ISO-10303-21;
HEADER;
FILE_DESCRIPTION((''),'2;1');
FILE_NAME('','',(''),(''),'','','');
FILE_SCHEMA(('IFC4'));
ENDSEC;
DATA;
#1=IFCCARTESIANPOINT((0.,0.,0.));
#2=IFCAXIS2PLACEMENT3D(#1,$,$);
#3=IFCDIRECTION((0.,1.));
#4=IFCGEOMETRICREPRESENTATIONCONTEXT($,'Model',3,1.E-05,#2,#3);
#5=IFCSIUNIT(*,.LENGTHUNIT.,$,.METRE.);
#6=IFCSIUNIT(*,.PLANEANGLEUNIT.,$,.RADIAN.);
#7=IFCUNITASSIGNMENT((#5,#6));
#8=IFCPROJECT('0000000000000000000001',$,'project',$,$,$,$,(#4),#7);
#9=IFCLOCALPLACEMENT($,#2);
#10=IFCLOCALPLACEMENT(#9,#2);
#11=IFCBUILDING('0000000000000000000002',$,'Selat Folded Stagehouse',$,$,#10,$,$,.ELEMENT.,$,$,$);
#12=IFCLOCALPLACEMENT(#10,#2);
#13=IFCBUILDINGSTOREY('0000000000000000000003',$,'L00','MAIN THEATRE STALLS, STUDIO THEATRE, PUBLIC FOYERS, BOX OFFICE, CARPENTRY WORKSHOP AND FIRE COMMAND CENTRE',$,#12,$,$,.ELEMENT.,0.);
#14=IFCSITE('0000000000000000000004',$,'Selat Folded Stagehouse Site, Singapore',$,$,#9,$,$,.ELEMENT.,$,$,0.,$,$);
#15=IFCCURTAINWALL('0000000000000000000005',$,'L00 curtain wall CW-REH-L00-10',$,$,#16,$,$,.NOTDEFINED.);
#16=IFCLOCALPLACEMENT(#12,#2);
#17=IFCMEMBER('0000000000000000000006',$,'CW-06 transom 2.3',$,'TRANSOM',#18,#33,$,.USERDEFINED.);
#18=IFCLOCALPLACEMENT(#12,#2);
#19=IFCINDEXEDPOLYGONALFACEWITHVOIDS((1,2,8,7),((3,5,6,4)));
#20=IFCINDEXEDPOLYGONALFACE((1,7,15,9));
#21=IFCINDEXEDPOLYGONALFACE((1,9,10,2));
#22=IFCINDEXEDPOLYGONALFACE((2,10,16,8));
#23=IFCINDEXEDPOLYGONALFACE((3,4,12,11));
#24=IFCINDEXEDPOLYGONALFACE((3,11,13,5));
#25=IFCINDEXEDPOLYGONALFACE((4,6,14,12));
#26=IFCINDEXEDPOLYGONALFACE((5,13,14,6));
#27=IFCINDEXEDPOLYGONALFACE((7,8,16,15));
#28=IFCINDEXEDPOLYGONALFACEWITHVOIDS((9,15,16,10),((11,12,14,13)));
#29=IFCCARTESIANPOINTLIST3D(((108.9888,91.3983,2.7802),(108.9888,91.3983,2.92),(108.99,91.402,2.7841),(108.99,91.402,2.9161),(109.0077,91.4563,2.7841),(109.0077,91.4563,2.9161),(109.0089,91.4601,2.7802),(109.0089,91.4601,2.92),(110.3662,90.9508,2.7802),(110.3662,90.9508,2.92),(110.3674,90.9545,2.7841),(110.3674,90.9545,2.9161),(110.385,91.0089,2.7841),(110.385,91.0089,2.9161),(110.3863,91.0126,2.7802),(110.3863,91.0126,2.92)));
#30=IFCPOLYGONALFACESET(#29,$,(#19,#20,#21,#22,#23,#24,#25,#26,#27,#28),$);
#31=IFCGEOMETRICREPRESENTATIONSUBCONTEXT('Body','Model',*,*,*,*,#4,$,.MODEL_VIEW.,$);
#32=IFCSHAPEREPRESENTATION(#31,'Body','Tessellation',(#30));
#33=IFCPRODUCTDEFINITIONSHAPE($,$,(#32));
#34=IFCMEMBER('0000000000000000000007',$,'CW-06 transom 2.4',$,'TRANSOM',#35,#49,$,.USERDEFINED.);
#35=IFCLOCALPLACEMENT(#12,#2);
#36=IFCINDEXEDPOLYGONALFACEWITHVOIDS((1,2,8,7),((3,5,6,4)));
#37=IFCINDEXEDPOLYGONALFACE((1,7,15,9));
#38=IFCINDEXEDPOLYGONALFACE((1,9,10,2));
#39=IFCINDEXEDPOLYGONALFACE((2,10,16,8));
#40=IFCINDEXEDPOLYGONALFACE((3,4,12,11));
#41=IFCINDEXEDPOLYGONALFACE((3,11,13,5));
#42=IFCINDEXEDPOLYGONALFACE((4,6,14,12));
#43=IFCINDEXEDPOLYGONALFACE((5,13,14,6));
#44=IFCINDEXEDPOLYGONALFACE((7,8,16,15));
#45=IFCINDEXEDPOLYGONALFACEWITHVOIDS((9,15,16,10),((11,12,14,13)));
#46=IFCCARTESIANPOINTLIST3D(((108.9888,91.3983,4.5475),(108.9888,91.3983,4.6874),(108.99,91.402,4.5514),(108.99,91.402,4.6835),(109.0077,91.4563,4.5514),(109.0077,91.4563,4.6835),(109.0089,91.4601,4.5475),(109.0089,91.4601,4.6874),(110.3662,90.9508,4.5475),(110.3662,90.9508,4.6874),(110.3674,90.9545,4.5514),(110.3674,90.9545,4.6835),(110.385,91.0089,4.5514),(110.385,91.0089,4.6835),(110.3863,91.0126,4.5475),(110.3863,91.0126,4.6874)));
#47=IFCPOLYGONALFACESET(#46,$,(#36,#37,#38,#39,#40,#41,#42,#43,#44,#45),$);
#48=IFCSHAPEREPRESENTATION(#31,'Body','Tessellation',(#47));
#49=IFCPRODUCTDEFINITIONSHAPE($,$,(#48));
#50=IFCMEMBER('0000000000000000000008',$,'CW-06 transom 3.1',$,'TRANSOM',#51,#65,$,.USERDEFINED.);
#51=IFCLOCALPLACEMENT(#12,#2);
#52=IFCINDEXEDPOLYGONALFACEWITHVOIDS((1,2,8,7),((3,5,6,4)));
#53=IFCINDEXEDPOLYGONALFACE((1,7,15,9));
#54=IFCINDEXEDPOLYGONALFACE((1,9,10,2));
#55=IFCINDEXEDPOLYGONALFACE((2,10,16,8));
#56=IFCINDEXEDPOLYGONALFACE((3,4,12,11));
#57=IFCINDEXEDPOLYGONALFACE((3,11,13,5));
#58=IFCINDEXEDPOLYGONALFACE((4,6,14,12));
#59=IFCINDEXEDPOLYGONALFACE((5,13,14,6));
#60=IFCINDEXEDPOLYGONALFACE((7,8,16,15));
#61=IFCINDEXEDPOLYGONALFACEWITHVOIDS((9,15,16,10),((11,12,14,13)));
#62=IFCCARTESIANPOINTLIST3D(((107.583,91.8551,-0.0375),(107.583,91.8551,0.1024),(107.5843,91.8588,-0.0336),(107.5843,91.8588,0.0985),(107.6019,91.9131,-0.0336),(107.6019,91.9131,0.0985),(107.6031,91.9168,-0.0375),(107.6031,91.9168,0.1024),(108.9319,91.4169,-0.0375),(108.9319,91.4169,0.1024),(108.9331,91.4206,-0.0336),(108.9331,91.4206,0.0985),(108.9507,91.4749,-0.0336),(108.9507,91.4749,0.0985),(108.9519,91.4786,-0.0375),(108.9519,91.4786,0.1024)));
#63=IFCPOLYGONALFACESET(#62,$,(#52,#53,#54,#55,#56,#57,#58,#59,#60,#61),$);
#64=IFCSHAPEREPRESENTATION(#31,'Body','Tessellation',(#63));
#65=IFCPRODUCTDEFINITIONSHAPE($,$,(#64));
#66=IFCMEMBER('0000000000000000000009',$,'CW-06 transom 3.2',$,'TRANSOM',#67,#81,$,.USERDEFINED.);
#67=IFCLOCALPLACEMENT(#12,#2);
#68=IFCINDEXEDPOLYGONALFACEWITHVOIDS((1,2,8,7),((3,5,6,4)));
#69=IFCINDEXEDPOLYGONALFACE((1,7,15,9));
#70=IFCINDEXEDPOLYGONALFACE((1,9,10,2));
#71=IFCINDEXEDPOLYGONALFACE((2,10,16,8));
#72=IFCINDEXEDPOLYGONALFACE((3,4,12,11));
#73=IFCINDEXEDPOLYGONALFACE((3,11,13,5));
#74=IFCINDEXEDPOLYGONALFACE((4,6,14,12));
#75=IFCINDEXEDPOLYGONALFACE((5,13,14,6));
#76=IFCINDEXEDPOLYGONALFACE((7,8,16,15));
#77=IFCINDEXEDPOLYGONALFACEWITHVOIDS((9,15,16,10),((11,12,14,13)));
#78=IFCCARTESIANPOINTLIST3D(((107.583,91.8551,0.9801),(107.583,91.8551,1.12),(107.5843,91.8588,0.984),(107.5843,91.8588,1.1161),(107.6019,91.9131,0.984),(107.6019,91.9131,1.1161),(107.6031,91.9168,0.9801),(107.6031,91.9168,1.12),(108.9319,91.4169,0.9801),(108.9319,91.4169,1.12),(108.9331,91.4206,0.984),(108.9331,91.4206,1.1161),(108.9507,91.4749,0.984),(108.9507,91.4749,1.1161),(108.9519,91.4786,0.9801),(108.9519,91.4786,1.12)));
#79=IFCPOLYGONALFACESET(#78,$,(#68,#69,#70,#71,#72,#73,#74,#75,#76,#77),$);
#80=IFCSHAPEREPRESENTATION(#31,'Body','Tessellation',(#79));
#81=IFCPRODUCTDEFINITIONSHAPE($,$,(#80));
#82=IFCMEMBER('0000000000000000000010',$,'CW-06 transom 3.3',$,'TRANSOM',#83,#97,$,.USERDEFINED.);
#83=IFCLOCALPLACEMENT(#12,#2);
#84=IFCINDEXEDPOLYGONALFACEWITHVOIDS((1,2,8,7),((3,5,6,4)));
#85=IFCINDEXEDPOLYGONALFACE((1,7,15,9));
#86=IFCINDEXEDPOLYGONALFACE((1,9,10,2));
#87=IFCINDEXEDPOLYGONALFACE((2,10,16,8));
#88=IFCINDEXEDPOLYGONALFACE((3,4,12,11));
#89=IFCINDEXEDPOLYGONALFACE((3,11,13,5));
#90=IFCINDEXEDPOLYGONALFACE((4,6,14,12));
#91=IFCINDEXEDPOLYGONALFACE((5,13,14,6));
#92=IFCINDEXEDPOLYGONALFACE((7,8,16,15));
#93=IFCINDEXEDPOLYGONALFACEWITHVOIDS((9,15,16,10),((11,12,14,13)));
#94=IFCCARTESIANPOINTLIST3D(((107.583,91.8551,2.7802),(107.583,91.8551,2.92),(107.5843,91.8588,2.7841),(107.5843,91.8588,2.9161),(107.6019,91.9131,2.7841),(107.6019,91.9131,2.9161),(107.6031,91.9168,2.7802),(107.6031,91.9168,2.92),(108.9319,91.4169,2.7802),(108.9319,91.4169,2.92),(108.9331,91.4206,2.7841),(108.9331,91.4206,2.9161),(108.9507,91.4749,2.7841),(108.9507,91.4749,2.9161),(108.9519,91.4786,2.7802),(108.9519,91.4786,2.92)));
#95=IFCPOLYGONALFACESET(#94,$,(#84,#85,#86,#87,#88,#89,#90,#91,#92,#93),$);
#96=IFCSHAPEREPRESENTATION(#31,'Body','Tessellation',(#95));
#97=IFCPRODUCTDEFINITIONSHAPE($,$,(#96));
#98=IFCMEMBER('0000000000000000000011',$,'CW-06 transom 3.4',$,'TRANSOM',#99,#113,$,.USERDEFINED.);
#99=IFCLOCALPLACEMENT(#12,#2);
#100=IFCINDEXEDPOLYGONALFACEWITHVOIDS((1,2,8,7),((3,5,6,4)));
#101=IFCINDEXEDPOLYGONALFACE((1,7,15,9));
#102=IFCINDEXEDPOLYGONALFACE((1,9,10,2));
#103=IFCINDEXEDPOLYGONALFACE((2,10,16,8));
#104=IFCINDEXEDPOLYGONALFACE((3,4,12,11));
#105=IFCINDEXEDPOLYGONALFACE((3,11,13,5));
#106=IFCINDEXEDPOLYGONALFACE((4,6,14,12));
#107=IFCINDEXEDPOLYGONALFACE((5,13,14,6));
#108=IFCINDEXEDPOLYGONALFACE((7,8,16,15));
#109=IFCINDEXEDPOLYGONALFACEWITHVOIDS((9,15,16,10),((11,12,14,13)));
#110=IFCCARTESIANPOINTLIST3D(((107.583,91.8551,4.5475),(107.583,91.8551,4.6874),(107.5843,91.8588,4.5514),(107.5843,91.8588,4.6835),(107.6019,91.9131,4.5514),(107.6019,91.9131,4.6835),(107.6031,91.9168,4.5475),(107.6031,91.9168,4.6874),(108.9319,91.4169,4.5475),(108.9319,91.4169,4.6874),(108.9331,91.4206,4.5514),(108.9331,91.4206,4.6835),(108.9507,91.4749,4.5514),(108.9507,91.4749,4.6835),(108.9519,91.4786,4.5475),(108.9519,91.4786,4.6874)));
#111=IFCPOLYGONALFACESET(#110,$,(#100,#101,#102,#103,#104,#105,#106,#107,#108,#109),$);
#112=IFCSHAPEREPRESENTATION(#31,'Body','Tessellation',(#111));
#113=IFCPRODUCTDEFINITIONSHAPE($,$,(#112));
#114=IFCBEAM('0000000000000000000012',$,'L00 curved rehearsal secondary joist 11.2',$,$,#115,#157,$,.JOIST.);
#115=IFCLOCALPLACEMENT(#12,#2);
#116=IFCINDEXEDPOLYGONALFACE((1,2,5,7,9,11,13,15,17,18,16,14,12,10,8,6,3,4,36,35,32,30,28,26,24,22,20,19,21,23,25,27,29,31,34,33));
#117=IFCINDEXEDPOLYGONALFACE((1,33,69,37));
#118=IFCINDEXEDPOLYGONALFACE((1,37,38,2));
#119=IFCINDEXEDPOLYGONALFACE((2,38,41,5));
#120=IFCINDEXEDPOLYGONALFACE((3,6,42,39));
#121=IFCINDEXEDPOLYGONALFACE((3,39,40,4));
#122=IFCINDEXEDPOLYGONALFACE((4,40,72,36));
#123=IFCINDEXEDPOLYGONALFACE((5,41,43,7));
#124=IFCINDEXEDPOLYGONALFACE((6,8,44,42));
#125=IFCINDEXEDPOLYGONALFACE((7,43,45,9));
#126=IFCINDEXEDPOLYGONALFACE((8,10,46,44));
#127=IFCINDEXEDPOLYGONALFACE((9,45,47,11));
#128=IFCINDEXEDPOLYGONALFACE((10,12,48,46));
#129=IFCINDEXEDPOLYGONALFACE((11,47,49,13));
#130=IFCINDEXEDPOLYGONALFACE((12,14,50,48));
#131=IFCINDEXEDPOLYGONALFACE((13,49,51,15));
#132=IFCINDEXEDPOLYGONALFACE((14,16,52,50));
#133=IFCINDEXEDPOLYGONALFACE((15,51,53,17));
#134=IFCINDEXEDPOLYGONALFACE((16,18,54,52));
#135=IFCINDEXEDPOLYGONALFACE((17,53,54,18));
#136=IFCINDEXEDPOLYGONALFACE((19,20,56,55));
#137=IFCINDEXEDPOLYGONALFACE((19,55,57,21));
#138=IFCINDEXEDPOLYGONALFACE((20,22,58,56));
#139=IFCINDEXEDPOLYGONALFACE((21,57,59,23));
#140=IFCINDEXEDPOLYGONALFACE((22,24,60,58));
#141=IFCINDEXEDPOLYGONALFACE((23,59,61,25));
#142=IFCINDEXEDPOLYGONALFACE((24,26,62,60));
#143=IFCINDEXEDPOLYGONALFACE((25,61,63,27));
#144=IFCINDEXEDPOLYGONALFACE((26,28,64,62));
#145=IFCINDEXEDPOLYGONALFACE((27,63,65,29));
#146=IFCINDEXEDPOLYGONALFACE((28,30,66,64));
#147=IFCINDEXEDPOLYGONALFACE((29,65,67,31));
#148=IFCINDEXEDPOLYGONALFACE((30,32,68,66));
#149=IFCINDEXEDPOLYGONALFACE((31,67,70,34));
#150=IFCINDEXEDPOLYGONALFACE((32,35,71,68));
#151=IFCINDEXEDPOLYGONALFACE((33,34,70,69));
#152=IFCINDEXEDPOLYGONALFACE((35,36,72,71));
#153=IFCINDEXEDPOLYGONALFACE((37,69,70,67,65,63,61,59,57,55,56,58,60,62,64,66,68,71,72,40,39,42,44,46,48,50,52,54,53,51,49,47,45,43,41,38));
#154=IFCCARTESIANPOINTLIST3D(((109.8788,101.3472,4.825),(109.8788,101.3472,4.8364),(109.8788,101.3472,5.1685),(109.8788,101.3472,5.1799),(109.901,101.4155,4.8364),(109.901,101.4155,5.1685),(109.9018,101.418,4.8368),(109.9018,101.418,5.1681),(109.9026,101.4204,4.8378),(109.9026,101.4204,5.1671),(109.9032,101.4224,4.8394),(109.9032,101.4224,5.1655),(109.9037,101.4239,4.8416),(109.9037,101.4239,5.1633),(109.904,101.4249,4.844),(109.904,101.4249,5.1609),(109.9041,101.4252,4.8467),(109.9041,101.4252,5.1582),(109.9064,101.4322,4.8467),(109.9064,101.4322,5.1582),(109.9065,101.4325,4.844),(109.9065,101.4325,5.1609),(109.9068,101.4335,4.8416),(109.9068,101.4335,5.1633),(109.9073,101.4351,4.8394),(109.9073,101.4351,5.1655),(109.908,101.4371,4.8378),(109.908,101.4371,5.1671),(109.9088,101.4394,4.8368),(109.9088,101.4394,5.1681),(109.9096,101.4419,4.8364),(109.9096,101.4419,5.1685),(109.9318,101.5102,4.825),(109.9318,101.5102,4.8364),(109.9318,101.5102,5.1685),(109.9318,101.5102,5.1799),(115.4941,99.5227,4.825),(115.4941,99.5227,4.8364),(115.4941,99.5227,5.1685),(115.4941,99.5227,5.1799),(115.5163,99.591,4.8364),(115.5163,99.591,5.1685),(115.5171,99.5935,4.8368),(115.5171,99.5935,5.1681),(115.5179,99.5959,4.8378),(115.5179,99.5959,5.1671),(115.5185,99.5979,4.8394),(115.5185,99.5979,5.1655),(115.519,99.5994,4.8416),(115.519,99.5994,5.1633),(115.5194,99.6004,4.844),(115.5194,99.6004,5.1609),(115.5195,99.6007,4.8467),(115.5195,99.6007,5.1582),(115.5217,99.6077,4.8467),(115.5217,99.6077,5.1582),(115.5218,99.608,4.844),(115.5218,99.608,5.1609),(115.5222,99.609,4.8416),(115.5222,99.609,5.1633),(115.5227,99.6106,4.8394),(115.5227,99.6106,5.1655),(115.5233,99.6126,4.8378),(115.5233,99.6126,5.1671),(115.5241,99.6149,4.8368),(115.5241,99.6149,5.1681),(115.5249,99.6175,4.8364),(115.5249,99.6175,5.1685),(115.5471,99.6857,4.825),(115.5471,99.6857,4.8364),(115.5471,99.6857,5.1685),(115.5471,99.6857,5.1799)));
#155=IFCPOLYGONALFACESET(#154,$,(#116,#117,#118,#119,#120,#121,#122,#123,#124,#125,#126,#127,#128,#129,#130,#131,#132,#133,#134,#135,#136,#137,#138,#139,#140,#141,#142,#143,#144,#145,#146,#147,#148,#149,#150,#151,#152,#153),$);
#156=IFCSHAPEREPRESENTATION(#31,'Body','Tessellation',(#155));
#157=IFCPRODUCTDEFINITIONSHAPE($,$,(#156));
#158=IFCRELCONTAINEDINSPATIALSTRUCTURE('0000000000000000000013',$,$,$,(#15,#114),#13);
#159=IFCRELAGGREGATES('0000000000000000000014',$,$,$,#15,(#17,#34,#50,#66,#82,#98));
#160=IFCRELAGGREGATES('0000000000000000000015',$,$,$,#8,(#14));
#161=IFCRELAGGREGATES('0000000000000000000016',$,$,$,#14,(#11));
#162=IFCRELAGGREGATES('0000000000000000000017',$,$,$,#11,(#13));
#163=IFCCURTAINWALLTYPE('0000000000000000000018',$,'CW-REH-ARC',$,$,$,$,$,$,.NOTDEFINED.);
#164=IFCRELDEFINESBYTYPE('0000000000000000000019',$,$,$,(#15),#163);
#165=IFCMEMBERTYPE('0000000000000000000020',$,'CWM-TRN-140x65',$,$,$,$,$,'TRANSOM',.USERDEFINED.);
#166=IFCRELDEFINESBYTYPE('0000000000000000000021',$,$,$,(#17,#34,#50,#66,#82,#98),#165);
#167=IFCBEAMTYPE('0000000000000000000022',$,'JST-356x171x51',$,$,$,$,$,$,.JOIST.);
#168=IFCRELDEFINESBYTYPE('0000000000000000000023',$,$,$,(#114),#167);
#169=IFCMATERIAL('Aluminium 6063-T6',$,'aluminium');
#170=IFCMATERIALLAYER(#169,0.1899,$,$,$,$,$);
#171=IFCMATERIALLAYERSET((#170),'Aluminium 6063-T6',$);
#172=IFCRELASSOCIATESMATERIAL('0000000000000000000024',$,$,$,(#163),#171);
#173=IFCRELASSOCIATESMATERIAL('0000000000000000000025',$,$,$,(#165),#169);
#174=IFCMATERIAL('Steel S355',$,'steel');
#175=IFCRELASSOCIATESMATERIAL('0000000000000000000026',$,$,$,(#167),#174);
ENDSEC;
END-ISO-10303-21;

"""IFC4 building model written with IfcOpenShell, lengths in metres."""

from ifc_helpers import new_model, si_unit, direction, frame, origin, origin_2d, place, context, subcontext, project, spatial, hollow_rectangle, i_section, extrude, material, layer, layer_set, material_profile, profile_set, type_object, element, aggregate, save


model = new_model("IFC4")

# Units and contexts
model_context = context("Model", 3, precision=1e-05, world=origin(), true_north=direction((0.0, 1.0)))
body_context = subcontext(model_context, "Body", "Model", "MODEL_VIEW")
ifc_project = project(units=[si_unit("LENGTHUNIT", "METRE"), si_unit("PLANEANGLEUNIT", "RADIAN")], contexts=[model_context])

# Site, building, storey
site_placement = place(None, origin())
site = spatial("IfcSite", under=ifc_project, at=site_placement, Name="Selat Folded Stagehouse Site, Singapore", CompositionType="ELEMENT", RefElevation=0.0)
building_placement = place(site_placement, origin())
building = spatial("IfcBuilding", under=site, at=building_placement, Name="Selat Folded Stagehouse", CompositionType="ELEMENT")
storey_placement = place(building_placement, origin())
storey = spatial("IfcBuildingStorey", under=building, at=storey_placement, Name="L00", Description="MAIN THEATRE STALLS, STUDIO THEATRE, PUBLIC FOYERS, BOX OFFICE, CARPENTRY WORKSHOP AND FIRE COMMAND CENTRE", CompositionType="ELEMENT", Elevation=0.0)

# Shared definitions
ifc_material_1 = material(Name="Steel S355", Category="steel")

# Curtain wall, members
ifc_material_2 = material(Name="Aluminium 6063-T6", Category="aluminium")
ifc_layer_1 = layer(ifc_material_2, 0.1899)
ifc_layer_set_1 = layer_set([ifc_layer_1], Name="Aluminium 6063-T6")
curtain_wall_type = type_object("IfcCurtainWallType", Name="CW-REH-ARC", PredefinedType="NOTDEFINED", material=ifc_layer_set_1)
curtain_wall_placement = place(storey_placement, origin())
curtain_wall = element("IfcCurtainWall", 1, at=curtain_wall_placement, inside=storey, type_object=curtain_wall_type, Name="L00 curtain wall CW-REH-L00-10", PredefinedType="NOTDEFINED")
ifc_material_profile_1 = material_profile(ifc_material_2, hollow_rectangle(XDim=0.0649, YDim=0.1399, WallThickness=0.0039, at=origin_2d()), Name="ALU 140x65x4.0")
ifc_profile_set_1 = profile_set([ifc_material_profile_1], Name="Aluminium 6063-T6")
member_type_1 = type_object("IfcMemberType", Name="CWM-TRN-140x65", ElementType="TRANSOM", PredefinedType="USERDEFINED", material=ifc_profile_set_1)
member_1_placement = place(storey_placement, frame((110.3762, 90.9817, 2.8501), z_axis=(-0.951066, 0.308987, 0.0), x_axis=(-0.308987, -0.951066, 0.0)))
member_1 = element("IfcMember", 2, at=member_1_placement, type_object=member_type_1, Name="CW-06 transom 2.3", ObjectType="TRANSOM", PredefinedType="USERDEFINED", context=body_context, shape_type="SweptSolid", body=[
    extrude(hollow_rectangle(XDim=0.0649, YDim=0.1399, WallThickness=0.0039, at=origin_2d()), origin(), (0.0, 0.0, 1.0), 1.4482),
])
member_2_placement = place(storey_placement, frame((110.3762, 90.9817, 4.6174), z_axis=(-0.951066, 0.308987, 0.0), x_axis=(-0.308987, -0.951066, 0.0)))
member_2 = element("IfcMember", 3, at=member_2_placement, type_object=member_type_1, Name="CW-06 transom 2.4", ObjectType="TRANSOM", PredefinedType="USERDEFINED", context=body_context, shape_type="SweptSolid", body=[
    extrude(hollow_rectangle(XDim=0.0649, YDim=0.1399, WallThickness=0.0039, at=origin_2d()), origin(), (0.0, 0.0, 1.0), 1.4482),
])
member_3_placement = place(storey_placement, frame((108.9419, 91.4478, 0.0325), z_axis=(-0.951066, 0.308989, 0.0), x_axis=(-0.308989, -0.951066, 0.0)))
member_3 = element("IfcMember", 4, at=member_3_placement, type_object=member_type_1, Name="CW-06 transom 3.1", ObjectType="TRANSOM", PredefinedType="USERDEFINED", context=body_context, shape_type="SweptSolid", body=[
    extrude(hollow_rectangle(XDim=0.0649, YDim=0.1399, WallThickness=0.0039, at=origin_2d()), origin(), (0.0, 0.0, 1.0), 1.4182),
])
member_4_placement = place(storey_placement, frame((108.9419, 91.4478, 1.05), z_axis=(-0.951066, 0.308989, 0.0), x_axis=(-0.308989, -0.951066, 0.0)))
member_4 = element("IfcMember", 5, at=member_4_placement, type_object=member_type_1, Name="CW-06 transom 3.2", ObjectType="TRANSOM", PredefinedType="USERDEFINED", context=body_context, shape_type="SweptSolid", body=[
    extrude(hollow_rectangle(XDim=0.0649, YDim=0.1399, WallThickness=0.0039, at=origin_2d()), origin(), (0.0, 0.0, 1.0), 1.4182),
])
member_5_placement = place(storey_placement, frame((108.9419, 91.4478, 2.8501), z_axis=(-0.951066, 0.308989, 0.0), x_axis=(-0.308989, -0.951066, 0.0)))
member_5 = element("IfcMember", 6, at=member_5_placement, type_object=member_type_1, Name="CW-06 transom 3.3", ObjectType="TRANSOM", PredefinedType="USERDEFINED", context=body_context, shape_type="SweptSolid", body=[
    extrude(hollow_rectangle(XDim=0.0649, YDim=0.1399, WallThickness=0.0039, at=origin_2d()), origin(), (0.0, 0.0, 1.0), 1.4182),
])
member_6_placement = place(storey_placement, frame((108.9419, 91.4478, 4.6174), z_axis=(-0.951066, 0.308989, 0.0), x_axis=(-0.308989, -0.951066, 0.0)))
member_6 = element("IfcMember", 7, at=member_6_placement, type_object=member_type_1, Name="CW-06 transom 3.4", ObjectType="TRANSOM", PredefinedType="USERDEFINED", context=body_context, shape_type="SweptSolid", body=[
    extrude(hollow_rectangle(XDim=0.0649, YDim=0.1399, WallThickness=0.0039, at=origin_2d()), origin(), (0.0, 0.0, 1.0), 1.4182),
])

# Beam
ifc_material_profile_2 = material_profile(ifc_material_1, i_section(OverallWidth=0.1714, OverallDepth=0.355, WebThickness=0.0073, FlangeThickness=0.0115, FilletRadius=0.0103, at=origin_2d()), Name="UKB 356x171x51")
ifc_profile_set_2 = profile_set([ifc_material_profile_2], Name="Steel S355")
beam_type_1 = type_object("IfcBeamType", Name="JST-356x171x51", PredefinedType="JOIST", material=ifc_profile_set_2)
beam_1_placement = place(storey_placement, frame((109.9053, 101.4287, 5.0024), z_axis=(0.951058, -0.309011, 0.0), x_axis=(0.309011, 0.951058, 0.0)))
element("IfcBeam", 8, at=beam_1_placement, inside=storey, type_object=beam_type_1, Name="L00 curved rehearsal secondary joist 11.2", PredefinedType="JOIST", context=body_context, shape_type="SweptSolid", body=[
    extrude(i_section(OverallWidth=0.1714, OverallDepth=0.355, WebThickness=0.0073, FlangeThickness=0.0115, FilletRadius=0.0103, at=origin_2d()), origin(), (0.0, 0.0, 1.0), 5.9043),
])

aggregate(curtain_wall, [member_1, member_2, member_3, member_4, member_5, member_6])

save(model, "model.ifc")
